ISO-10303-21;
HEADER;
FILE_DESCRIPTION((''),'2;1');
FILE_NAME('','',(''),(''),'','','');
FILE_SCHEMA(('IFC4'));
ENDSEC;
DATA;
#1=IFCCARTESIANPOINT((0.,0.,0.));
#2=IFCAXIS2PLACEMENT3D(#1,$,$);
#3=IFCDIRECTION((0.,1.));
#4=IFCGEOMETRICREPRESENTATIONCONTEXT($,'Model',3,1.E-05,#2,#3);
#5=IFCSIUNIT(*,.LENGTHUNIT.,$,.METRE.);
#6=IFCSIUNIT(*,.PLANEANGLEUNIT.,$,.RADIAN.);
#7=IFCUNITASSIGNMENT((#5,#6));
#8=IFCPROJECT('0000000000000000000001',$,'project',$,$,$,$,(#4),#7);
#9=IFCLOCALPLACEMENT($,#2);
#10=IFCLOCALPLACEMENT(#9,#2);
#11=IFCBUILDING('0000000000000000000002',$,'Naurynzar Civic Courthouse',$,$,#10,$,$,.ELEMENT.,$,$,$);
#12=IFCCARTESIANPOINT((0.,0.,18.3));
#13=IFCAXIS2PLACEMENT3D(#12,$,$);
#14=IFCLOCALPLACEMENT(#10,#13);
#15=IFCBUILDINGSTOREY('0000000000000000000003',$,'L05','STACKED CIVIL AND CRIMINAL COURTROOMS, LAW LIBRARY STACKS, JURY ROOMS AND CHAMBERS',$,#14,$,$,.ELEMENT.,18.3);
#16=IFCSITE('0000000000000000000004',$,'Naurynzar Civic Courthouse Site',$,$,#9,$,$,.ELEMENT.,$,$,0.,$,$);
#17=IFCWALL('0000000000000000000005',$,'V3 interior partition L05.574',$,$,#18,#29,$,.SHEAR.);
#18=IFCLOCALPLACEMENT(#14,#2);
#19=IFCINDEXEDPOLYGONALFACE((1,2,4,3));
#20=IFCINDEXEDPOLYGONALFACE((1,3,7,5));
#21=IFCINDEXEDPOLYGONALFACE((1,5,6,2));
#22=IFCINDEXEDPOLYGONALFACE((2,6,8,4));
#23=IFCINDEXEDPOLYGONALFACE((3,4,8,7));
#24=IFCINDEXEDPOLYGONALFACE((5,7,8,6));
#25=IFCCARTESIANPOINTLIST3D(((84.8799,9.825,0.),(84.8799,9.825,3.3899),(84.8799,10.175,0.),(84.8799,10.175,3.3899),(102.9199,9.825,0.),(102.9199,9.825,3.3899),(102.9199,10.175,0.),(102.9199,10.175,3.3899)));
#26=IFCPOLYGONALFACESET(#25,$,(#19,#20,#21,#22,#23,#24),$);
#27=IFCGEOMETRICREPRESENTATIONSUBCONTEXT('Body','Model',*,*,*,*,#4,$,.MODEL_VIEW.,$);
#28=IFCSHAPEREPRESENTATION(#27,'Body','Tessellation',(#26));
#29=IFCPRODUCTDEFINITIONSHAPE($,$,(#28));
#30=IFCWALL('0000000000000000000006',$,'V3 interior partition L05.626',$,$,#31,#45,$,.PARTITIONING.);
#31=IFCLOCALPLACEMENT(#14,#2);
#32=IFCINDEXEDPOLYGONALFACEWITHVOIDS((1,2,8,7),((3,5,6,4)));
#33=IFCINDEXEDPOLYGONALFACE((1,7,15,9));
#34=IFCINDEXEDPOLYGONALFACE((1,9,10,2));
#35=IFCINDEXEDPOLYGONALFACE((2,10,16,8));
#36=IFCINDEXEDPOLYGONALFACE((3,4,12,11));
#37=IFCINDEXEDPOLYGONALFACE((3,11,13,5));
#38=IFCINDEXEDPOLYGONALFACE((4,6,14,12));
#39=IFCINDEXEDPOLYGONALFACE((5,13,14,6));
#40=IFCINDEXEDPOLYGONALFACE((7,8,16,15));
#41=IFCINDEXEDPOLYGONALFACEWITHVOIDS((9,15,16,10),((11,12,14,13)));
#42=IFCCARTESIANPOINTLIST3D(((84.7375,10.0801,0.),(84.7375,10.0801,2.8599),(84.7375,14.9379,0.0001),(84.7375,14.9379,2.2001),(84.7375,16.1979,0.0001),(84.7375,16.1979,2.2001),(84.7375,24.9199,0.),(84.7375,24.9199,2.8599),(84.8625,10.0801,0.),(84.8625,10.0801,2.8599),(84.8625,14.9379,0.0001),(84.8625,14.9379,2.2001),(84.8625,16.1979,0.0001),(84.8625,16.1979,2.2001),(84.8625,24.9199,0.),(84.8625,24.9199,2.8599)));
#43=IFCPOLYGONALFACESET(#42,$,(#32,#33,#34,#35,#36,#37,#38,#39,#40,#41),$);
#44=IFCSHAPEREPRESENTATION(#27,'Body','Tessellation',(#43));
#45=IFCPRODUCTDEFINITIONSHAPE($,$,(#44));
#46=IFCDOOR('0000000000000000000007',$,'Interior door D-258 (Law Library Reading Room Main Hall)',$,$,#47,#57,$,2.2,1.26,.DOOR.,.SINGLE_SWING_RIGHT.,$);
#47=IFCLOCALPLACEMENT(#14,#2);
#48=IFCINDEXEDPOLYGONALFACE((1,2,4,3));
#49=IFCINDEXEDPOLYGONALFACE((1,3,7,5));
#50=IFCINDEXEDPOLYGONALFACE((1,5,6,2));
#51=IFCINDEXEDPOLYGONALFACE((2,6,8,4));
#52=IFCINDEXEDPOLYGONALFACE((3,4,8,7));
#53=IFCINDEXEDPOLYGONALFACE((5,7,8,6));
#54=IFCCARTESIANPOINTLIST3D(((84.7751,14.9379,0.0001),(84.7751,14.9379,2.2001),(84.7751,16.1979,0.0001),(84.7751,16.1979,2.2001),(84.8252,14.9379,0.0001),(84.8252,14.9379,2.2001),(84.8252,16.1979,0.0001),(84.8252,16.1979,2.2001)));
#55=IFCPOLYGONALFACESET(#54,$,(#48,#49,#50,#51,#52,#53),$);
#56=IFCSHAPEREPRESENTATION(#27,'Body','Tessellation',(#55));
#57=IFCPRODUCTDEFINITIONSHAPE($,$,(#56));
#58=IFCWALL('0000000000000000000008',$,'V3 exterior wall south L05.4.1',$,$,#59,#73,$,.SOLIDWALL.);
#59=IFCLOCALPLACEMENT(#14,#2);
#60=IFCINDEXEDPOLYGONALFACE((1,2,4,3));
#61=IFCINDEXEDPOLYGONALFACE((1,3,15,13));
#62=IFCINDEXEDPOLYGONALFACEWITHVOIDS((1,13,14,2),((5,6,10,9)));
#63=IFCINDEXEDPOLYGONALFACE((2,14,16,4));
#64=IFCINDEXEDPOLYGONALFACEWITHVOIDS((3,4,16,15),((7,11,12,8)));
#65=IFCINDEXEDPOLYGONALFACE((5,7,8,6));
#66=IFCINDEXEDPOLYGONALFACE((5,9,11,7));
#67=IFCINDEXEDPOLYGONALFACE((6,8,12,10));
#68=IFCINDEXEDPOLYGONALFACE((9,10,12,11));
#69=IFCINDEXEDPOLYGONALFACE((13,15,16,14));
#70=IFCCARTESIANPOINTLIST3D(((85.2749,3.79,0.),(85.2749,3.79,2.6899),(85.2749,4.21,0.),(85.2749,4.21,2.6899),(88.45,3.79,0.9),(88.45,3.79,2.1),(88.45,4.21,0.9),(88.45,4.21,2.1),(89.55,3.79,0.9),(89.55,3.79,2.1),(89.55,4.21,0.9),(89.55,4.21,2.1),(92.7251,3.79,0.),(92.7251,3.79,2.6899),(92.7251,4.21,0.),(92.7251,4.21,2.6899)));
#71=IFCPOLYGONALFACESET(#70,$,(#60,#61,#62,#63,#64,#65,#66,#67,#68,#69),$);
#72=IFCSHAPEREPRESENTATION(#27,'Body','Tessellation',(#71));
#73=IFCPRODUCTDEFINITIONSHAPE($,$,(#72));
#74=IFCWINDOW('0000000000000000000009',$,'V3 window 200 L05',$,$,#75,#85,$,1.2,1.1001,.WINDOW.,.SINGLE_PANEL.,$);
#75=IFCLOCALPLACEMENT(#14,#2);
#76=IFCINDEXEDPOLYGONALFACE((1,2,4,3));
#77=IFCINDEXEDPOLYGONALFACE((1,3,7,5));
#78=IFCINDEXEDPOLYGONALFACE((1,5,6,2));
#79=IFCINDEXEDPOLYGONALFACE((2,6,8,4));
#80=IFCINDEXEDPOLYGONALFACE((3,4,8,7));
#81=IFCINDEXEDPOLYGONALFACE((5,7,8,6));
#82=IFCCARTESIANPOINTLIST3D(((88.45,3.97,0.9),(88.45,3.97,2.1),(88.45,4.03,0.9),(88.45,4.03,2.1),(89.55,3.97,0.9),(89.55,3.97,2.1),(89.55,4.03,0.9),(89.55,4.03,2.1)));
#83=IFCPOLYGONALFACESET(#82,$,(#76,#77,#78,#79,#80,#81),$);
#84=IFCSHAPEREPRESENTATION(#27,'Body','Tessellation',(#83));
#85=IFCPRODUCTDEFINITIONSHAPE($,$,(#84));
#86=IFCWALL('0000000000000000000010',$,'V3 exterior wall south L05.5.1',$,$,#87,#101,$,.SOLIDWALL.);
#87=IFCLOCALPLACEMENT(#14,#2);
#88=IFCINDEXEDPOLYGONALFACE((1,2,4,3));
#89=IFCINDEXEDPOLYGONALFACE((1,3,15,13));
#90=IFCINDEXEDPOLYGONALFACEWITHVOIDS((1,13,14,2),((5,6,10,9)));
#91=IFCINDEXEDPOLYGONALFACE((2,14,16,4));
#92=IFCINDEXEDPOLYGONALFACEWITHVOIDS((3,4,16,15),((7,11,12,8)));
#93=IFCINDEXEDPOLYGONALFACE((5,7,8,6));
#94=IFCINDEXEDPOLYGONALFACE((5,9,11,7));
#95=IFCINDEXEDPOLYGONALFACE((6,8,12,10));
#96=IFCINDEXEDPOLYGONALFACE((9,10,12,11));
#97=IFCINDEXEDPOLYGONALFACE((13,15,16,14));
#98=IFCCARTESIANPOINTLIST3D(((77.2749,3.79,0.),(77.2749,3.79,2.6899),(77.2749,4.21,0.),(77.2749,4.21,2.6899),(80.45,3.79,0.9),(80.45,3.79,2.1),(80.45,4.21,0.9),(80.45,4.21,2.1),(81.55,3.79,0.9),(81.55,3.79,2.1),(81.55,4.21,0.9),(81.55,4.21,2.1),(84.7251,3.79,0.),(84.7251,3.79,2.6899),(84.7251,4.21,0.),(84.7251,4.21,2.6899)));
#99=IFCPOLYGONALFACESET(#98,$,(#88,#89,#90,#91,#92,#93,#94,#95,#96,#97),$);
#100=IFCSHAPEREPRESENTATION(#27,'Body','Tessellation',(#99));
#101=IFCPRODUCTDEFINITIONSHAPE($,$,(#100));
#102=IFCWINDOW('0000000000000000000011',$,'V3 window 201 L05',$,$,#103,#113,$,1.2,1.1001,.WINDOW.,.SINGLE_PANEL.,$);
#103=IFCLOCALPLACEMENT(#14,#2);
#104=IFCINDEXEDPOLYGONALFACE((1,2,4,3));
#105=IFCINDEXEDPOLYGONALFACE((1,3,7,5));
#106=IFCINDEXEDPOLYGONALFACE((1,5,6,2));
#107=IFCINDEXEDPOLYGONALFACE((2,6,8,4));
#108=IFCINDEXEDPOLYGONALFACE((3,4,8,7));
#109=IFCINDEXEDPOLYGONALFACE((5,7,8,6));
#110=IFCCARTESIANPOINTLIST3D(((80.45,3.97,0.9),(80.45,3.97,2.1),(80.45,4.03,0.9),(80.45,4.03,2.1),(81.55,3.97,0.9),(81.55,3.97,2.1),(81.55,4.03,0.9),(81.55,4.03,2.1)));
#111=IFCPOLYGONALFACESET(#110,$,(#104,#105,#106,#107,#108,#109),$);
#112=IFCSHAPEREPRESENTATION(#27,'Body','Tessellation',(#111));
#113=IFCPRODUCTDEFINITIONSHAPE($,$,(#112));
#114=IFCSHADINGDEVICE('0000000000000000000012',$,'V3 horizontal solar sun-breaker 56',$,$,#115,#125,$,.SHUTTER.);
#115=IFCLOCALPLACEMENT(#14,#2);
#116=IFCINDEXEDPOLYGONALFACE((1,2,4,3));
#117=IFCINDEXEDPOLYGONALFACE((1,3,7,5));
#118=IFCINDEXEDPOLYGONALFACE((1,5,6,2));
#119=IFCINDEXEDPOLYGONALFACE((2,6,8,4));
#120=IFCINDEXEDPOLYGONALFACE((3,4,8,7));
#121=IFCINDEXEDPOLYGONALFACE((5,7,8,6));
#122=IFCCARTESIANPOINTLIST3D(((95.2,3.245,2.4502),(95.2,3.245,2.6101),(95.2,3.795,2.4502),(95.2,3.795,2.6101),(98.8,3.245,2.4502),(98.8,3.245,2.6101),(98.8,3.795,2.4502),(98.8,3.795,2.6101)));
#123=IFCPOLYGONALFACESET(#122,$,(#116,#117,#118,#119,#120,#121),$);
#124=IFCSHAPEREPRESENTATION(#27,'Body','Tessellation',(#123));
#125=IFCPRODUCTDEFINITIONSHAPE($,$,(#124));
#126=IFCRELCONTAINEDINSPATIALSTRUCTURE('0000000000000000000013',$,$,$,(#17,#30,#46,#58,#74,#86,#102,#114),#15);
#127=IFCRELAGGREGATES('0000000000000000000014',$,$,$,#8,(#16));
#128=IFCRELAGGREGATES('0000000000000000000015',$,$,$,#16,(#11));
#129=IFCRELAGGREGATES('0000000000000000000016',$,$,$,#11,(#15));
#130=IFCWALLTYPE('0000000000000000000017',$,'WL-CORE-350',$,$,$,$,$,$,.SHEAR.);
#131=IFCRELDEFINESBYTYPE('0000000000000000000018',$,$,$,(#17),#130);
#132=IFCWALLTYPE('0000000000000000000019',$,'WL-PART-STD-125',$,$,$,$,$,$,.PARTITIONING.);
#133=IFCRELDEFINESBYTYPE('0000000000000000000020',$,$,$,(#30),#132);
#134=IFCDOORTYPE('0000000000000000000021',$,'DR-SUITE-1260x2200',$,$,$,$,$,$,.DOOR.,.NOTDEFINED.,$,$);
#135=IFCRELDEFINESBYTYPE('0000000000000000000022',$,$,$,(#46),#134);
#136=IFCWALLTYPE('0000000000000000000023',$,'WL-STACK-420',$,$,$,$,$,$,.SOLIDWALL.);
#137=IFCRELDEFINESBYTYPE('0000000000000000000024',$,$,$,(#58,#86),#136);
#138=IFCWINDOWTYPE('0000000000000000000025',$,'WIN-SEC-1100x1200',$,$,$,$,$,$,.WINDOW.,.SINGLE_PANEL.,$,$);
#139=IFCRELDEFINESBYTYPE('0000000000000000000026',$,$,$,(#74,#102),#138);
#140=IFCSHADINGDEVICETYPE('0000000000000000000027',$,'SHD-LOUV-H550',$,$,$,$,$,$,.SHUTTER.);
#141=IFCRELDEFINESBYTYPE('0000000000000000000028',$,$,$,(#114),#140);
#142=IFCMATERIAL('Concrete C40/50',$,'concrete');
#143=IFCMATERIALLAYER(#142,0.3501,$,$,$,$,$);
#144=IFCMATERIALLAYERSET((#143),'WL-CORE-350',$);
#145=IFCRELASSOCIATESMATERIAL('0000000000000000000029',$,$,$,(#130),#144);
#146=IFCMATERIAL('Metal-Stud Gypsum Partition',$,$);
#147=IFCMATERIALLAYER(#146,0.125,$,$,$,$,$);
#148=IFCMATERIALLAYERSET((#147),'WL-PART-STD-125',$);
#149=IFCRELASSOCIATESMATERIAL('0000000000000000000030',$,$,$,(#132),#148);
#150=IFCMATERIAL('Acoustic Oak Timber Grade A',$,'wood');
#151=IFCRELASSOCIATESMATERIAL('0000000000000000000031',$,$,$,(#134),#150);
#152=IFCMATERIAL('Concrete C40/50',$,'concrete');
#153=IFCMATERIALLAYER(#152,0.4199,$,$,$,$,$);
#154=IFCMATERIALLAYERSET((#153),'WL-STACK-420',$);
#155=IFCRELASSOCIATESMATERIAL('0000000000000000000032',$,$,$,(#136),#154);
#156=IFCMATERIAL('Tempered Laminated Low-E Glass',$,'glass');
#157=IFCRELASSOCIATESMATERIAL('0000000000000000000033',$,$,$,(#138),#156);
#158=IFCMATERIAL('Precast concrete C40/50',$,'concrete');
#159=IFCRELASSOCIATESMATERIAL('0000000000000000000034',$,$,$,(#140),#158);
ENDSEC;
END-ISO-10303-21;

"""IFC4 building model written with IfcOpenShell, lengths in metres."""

from ifc_helpers import new_model, si_unit, direction, frame, frame_2d, origin, origin_2d, place, context, subcontext, project, spatial, rectangle, extrude, material, layer, layer_set, type_object, element, fill, save


model = new_model("IFC4")

# Units and contexts
model_context = context("Model", 3, precision=1e-05, world=origin(), true_north=direction((0.0, 1.0)))
body_context = subcontext(model_context, "Body", "Model", "MODEL_VIEW")
ifc_project = project(units=[si_unit("LENGTHUNIT", "METRE"), si_unit("PLANEANGLEUNIT", "RADIAN")], contexts=[model_context])

# Site, building, storey
site_placement = place(None, origin())
site = spatial("IfcSite", under=ifc_project, at=site_placement, Name="Naurynzar Civic Courthouse Site", CompositionType="ELEMENT", RefElevation=0.0)
building_placement = place(site_placement, origin())
building = spatial("IfcBuilding", under=site, at=building_placement, Name="Naurynzar Civic Courthouse", CompositionType="ELEMENT")
storey_placement = place(building_placement, frame((0.0, 0.0, 18.3)))
storey = spatial("IfcBuildingStorey", under=building, at=storey_placement, Name="L05", Description="STACKED CIVIL AND CRIMINAL COURTROOMS, LAW LIBRARY STACKS, JURY ROOMS AND CHAMBERS", CompositionType="ELEMENT", Elevation=18.3)

# Wall
ifc_material_1 = material(Name="Concrete C40/50", Category="concrete")
ifc_layer_1 = layer(ifc_material_1, 0.3501)
ifc_layer_set_1 = layer_set([ifc_layer_1], Name="WL-CORE-350")
wall_type_1 = type_object("IfcWallType", Name="WL-CORE-350", PredefinedType="SHEAR", material=ifc_layer_set_1)
wall_1_placement = place(storey_placement, frame((84.8799, 10.0, 0.0), z_axis=(0.0, 0.0, 1.0), x_axis=(1.0, 0.0, 0.0)))
element("IfcWall", 1, at=wall_1_placement, inside=storey, type_object=wall_type_1, Name="V3 interior partition L05.574", PredefinedType="SHEAR", context=body_context, shape_type="SweptSolid", body=[
    extrude(rectangle(XDim=18.04, YDim=0.3501, at=frame_2d((9.02, 0.0))), origin(), (0.0, 0.0, 1.0), 3.3899),
])

# Wall, opening, door
ifc_material_2 = material(Name="Metal-Stud Gypsum Partition")
ifc_layer_2 = layer(ifc_material_2, 0.125)
ifc_layer_set_2 = layer_set([ifc_layer_2], Name="WL-PART-STD-125")
wall_type_2 = type_object("IfcWallType", Name="WL-PART-STD-125", PredefinedType="PARTITIONING", material=ifc_layer_set_2)
wall_2_placement = place(storey_placement, frame((84.8, 10.0801, 0.0), z_axis=(0.0, 0.0, 1.0), x_axis=(0.0, 1.0, 0.0)))
wall_2 = element("IfcWall", 2, at=wall_2_placement, inside=storey, type_object=wall_type_2, Name="V3 interior partition L05.626", PredefinedType="PARTITIONING", context=body_context, shape_type="SweptSolid", body=[
    extrude(rectangle(XDim=14.8398, YDim=0.125, at=frame_2d((7.4199, 0.0))), origin(), (0.0, 0.0, 1.0), 2.8599),
])
opening_1_placement = place(wall_2_placement, frame((4.8579, 0.0, 0.0)))
opening_1 = element("IfcOpeningElement", 3, at=opening_1_placement, cuts=wall_2, PredefinedType="OPENING", context=body_context, shape_type="SweptSolid", body=[
    extrude(rectangle(XDim=1.26, YDim=2.2, at=frame_2d((0.6299, 1.1001))), frame((0.0, 0.0725, 0.0), z_axis=(0.0, -1.0, 0.0), x_axis=(1.0, 0.0, 0.0)), (0.0, 0.0, 1.0), 0.145),
])
ifc_material_3 = material(Name="Acoustic Oak Timber Grade A", Category="wood")
door_type = type_object("IfcDoorType", Name="DR-SUITE-1260x2200", OperationType="NOTDEFINED", PredefinedType="DOOR", material=ifc_material_3)
door_placement = place(opening_1_placement, origin())
door = element("IfcDoor", 4, at=door_placement, inside=storey, type_object=door_type, Name="Interior door D-258 (Law Library Reading Room Main Hall)", OperationType="SINGLE_SWING_RIGHT", OverallHeight=2.2, OverallWidth=1.26, PredefinedType="DOOR", context=body_context, shape_type="SweptSolid", body=[
    extrude(rectangle(XDim=1.26, YDim=2.2, at=frame_2d((0.6299, 1.1001))), frame((0.0, 0.0249, 0.0), z_axis=(0.0, -1.0, 0.0), x_axis=(1.0, 0.0, 0.0)), (0.0, 0.0, 1.0), 0.05),
])
fill(opening_1, door)

# Walls, openings, windows
ifc_material_4 = material(Name="Concrete C40/50", Category="concrete")
ifc_layer_3 = layer(ifc_material_4, 0.4199)
ifc_layer_set_3 = layer_set([ifc_layer_3], Name="WL-STACK-420")
wall_type_3 = type_object("IfcWallType", Name="WL-STACK-420", PredefinedType="SOLIDWALL", material=ifc_layer_set_3)
wall_3_placement = place(storey_placement, frame((92.7251, 4.0, 0.0), z_axis=(0.0, 0.0, 1.0), x_axis=(-1.0, 0.0, 0.0)))
wall_3 = element("IfcWall", 5, at=wall_3_placement, inside=storey, type_object=wall_type_3, Name="V3 exterior wall south L05.4.1", PredefinedType="SOLIDWALL", context=body_context, shape_type="SweptSolid", body=[
    extrude(rectangle(XDim=7.4502, YDim=0.4199, at=frame_2d((3.7251, 0.0))), origin(), (0.0, 0.0, 1.0), 2.6899),
])
opening_2_placement = place(wall_3_placement, frame((3.175, 0.0, 0.8999)))
opening_2 = element("IfcOpeningElement", 6, at=opening_2_placement, cuts=wall_3, PredefinedType="OPENING", context=body_context, shape_type="SweptSolid", body=[
    extrude(rectangle(XDim=1.1001, YDim=1.2, at=frame_2d((0.55, 0.6001))), frame((0.0, 0.22, 0.0), z_axis=(0.0, -1.0, 0.0), x_axis=(1.0, 0.0, 0.0)), (0.0, 0.0, 1.0), 0.4399),
])
ifc_material_5 = material(Name="Tempered Laminated Low-E Glass", Category="glass")
window_type = type_object("IfcWindowType", Name="WIN-SEC-1100x1200", PartitioningType="SINGLE_PANEL", PredefinedType="WINDOW", material=ifc_material_5)
window_1_placement = place(opening_2_placement, origin())
window_1 = element("IfcWindow", 7, at=window_1_placement, inside=storey, type_object=window_type, Name="V3 window 200 L05", OverallHeight=1.2, OverallWidth=1.1001, PartitioningType="SINGLE_PANEL", PredefinedType="WINDOW", context=body_context, shape_type="SweptSolid", body=[
    extrude(rectangle(XDim=1.1001, YDim=1.2, at=frame_2d((0.55, 0.6001))), frame((0.0, 0.03, 0.0), z_axis=(0.0, -1.0, 0.0), x_axis=(1.0, 0.0, 0.0)), (0.0, 0.0, 1.0), 0.0601),
])
fill(opening_2, window_1)
wall_4_placement = place(storey_placement, frame((84.7251, 4.0, 0.0), z_axis=(0.0, 0.0, 1.0), x_axis=(-1.0, 0.0, 0.0)))
wall_4 = element("IfcWall", 8, at=wall_4_placement, inside=storey, type_object=wall_type_3, Name="V3 exterior wall south L05.5.1", PredefinedType="SOLIDWALL", context=body_context, shape_type="SweptSolid", body=[
    extrude(rectangle(XDim=7.4502, YDim=0.4199, at=frame_2d((3.7251, 0.0))), origin(), (0.0, 0.0, 1.0), 2.6899),
])
opening_3_placement = place(wall_4_placement, frame((3.175, 0.0, 0.8999)))
opening_3 = element("IfcOpeningElement", 9, at=opening_3_placement, cuts=wall_4, PredefinedType="OPENING", context=body_context, shape_type="SweptSolid", body=[
    extrude(rectangle(XDim=1.1001, YDim=1.2, at=frame_2d((0.55, 0.6001))), frame((0.0, 0.22, 0.0), z_axis=(0.0, -1.0, 0.0), x_axis=(1.0, 0.0, 0.0)), (0.0, 0.0, 1.0), 0.4399),
])
window_2_placement = place(opening_3_placement, origin())
window_2 = element("IfcWindow", 10, at=window_2_placement, inside=storey, type_object=window_type, Name="V3 window 201 L05", OverallHeight=1.2, OverallWidth=1.1001, PartitioningType="SINGLE_PANEL", PredefinedType="WINDOW", context=body_context, shape_type="SweptSolid", body=[
    extrude(rectangle(XDim=1.1001, YDim=1.2, at=frame_2d((0.55, 0.6001))), frame((0.0, 0.03, 0.0), z_axis=(0.0, -1.0, 0.0), x_axis=(1.0, 0.0, 0.0)), (0.0, 0.0, 1.0), 0.0601),
])
fill(opening_3, window_2)

# Shading device
ifc_material_6 = material(Name="Precast concrete C40/50", Category="concrete")
shading_device_type = type_object("IfcShadingDeviceType", Name="SHD-LOUV-H550", PredefinedType="SHUTTER", material=ifc_material_6)
shading_device_placement = place(storey_placement, frame((97.0, 3.52, 2.4502), z_axis=(0.0, 0.0, 1.0), x_axis=(-1.0, 0.0, 0.0)))
element("IfcShadingDevice", 11, at=shading_device_placement, inside=storey, type_object=shading_device_type, Name="V3 horizontal solar sun-breaker 56", PredefinedType="SHUTTER", context=body_context, shape_type="SweptSolid", body=[
    extrude(rectangle(XDim=3.6001, YDim=0.55, at=origin_2d()), origin(), (0.0, 0.0, 1.0), 0.1599),
])

save(model, "model.ifc")
